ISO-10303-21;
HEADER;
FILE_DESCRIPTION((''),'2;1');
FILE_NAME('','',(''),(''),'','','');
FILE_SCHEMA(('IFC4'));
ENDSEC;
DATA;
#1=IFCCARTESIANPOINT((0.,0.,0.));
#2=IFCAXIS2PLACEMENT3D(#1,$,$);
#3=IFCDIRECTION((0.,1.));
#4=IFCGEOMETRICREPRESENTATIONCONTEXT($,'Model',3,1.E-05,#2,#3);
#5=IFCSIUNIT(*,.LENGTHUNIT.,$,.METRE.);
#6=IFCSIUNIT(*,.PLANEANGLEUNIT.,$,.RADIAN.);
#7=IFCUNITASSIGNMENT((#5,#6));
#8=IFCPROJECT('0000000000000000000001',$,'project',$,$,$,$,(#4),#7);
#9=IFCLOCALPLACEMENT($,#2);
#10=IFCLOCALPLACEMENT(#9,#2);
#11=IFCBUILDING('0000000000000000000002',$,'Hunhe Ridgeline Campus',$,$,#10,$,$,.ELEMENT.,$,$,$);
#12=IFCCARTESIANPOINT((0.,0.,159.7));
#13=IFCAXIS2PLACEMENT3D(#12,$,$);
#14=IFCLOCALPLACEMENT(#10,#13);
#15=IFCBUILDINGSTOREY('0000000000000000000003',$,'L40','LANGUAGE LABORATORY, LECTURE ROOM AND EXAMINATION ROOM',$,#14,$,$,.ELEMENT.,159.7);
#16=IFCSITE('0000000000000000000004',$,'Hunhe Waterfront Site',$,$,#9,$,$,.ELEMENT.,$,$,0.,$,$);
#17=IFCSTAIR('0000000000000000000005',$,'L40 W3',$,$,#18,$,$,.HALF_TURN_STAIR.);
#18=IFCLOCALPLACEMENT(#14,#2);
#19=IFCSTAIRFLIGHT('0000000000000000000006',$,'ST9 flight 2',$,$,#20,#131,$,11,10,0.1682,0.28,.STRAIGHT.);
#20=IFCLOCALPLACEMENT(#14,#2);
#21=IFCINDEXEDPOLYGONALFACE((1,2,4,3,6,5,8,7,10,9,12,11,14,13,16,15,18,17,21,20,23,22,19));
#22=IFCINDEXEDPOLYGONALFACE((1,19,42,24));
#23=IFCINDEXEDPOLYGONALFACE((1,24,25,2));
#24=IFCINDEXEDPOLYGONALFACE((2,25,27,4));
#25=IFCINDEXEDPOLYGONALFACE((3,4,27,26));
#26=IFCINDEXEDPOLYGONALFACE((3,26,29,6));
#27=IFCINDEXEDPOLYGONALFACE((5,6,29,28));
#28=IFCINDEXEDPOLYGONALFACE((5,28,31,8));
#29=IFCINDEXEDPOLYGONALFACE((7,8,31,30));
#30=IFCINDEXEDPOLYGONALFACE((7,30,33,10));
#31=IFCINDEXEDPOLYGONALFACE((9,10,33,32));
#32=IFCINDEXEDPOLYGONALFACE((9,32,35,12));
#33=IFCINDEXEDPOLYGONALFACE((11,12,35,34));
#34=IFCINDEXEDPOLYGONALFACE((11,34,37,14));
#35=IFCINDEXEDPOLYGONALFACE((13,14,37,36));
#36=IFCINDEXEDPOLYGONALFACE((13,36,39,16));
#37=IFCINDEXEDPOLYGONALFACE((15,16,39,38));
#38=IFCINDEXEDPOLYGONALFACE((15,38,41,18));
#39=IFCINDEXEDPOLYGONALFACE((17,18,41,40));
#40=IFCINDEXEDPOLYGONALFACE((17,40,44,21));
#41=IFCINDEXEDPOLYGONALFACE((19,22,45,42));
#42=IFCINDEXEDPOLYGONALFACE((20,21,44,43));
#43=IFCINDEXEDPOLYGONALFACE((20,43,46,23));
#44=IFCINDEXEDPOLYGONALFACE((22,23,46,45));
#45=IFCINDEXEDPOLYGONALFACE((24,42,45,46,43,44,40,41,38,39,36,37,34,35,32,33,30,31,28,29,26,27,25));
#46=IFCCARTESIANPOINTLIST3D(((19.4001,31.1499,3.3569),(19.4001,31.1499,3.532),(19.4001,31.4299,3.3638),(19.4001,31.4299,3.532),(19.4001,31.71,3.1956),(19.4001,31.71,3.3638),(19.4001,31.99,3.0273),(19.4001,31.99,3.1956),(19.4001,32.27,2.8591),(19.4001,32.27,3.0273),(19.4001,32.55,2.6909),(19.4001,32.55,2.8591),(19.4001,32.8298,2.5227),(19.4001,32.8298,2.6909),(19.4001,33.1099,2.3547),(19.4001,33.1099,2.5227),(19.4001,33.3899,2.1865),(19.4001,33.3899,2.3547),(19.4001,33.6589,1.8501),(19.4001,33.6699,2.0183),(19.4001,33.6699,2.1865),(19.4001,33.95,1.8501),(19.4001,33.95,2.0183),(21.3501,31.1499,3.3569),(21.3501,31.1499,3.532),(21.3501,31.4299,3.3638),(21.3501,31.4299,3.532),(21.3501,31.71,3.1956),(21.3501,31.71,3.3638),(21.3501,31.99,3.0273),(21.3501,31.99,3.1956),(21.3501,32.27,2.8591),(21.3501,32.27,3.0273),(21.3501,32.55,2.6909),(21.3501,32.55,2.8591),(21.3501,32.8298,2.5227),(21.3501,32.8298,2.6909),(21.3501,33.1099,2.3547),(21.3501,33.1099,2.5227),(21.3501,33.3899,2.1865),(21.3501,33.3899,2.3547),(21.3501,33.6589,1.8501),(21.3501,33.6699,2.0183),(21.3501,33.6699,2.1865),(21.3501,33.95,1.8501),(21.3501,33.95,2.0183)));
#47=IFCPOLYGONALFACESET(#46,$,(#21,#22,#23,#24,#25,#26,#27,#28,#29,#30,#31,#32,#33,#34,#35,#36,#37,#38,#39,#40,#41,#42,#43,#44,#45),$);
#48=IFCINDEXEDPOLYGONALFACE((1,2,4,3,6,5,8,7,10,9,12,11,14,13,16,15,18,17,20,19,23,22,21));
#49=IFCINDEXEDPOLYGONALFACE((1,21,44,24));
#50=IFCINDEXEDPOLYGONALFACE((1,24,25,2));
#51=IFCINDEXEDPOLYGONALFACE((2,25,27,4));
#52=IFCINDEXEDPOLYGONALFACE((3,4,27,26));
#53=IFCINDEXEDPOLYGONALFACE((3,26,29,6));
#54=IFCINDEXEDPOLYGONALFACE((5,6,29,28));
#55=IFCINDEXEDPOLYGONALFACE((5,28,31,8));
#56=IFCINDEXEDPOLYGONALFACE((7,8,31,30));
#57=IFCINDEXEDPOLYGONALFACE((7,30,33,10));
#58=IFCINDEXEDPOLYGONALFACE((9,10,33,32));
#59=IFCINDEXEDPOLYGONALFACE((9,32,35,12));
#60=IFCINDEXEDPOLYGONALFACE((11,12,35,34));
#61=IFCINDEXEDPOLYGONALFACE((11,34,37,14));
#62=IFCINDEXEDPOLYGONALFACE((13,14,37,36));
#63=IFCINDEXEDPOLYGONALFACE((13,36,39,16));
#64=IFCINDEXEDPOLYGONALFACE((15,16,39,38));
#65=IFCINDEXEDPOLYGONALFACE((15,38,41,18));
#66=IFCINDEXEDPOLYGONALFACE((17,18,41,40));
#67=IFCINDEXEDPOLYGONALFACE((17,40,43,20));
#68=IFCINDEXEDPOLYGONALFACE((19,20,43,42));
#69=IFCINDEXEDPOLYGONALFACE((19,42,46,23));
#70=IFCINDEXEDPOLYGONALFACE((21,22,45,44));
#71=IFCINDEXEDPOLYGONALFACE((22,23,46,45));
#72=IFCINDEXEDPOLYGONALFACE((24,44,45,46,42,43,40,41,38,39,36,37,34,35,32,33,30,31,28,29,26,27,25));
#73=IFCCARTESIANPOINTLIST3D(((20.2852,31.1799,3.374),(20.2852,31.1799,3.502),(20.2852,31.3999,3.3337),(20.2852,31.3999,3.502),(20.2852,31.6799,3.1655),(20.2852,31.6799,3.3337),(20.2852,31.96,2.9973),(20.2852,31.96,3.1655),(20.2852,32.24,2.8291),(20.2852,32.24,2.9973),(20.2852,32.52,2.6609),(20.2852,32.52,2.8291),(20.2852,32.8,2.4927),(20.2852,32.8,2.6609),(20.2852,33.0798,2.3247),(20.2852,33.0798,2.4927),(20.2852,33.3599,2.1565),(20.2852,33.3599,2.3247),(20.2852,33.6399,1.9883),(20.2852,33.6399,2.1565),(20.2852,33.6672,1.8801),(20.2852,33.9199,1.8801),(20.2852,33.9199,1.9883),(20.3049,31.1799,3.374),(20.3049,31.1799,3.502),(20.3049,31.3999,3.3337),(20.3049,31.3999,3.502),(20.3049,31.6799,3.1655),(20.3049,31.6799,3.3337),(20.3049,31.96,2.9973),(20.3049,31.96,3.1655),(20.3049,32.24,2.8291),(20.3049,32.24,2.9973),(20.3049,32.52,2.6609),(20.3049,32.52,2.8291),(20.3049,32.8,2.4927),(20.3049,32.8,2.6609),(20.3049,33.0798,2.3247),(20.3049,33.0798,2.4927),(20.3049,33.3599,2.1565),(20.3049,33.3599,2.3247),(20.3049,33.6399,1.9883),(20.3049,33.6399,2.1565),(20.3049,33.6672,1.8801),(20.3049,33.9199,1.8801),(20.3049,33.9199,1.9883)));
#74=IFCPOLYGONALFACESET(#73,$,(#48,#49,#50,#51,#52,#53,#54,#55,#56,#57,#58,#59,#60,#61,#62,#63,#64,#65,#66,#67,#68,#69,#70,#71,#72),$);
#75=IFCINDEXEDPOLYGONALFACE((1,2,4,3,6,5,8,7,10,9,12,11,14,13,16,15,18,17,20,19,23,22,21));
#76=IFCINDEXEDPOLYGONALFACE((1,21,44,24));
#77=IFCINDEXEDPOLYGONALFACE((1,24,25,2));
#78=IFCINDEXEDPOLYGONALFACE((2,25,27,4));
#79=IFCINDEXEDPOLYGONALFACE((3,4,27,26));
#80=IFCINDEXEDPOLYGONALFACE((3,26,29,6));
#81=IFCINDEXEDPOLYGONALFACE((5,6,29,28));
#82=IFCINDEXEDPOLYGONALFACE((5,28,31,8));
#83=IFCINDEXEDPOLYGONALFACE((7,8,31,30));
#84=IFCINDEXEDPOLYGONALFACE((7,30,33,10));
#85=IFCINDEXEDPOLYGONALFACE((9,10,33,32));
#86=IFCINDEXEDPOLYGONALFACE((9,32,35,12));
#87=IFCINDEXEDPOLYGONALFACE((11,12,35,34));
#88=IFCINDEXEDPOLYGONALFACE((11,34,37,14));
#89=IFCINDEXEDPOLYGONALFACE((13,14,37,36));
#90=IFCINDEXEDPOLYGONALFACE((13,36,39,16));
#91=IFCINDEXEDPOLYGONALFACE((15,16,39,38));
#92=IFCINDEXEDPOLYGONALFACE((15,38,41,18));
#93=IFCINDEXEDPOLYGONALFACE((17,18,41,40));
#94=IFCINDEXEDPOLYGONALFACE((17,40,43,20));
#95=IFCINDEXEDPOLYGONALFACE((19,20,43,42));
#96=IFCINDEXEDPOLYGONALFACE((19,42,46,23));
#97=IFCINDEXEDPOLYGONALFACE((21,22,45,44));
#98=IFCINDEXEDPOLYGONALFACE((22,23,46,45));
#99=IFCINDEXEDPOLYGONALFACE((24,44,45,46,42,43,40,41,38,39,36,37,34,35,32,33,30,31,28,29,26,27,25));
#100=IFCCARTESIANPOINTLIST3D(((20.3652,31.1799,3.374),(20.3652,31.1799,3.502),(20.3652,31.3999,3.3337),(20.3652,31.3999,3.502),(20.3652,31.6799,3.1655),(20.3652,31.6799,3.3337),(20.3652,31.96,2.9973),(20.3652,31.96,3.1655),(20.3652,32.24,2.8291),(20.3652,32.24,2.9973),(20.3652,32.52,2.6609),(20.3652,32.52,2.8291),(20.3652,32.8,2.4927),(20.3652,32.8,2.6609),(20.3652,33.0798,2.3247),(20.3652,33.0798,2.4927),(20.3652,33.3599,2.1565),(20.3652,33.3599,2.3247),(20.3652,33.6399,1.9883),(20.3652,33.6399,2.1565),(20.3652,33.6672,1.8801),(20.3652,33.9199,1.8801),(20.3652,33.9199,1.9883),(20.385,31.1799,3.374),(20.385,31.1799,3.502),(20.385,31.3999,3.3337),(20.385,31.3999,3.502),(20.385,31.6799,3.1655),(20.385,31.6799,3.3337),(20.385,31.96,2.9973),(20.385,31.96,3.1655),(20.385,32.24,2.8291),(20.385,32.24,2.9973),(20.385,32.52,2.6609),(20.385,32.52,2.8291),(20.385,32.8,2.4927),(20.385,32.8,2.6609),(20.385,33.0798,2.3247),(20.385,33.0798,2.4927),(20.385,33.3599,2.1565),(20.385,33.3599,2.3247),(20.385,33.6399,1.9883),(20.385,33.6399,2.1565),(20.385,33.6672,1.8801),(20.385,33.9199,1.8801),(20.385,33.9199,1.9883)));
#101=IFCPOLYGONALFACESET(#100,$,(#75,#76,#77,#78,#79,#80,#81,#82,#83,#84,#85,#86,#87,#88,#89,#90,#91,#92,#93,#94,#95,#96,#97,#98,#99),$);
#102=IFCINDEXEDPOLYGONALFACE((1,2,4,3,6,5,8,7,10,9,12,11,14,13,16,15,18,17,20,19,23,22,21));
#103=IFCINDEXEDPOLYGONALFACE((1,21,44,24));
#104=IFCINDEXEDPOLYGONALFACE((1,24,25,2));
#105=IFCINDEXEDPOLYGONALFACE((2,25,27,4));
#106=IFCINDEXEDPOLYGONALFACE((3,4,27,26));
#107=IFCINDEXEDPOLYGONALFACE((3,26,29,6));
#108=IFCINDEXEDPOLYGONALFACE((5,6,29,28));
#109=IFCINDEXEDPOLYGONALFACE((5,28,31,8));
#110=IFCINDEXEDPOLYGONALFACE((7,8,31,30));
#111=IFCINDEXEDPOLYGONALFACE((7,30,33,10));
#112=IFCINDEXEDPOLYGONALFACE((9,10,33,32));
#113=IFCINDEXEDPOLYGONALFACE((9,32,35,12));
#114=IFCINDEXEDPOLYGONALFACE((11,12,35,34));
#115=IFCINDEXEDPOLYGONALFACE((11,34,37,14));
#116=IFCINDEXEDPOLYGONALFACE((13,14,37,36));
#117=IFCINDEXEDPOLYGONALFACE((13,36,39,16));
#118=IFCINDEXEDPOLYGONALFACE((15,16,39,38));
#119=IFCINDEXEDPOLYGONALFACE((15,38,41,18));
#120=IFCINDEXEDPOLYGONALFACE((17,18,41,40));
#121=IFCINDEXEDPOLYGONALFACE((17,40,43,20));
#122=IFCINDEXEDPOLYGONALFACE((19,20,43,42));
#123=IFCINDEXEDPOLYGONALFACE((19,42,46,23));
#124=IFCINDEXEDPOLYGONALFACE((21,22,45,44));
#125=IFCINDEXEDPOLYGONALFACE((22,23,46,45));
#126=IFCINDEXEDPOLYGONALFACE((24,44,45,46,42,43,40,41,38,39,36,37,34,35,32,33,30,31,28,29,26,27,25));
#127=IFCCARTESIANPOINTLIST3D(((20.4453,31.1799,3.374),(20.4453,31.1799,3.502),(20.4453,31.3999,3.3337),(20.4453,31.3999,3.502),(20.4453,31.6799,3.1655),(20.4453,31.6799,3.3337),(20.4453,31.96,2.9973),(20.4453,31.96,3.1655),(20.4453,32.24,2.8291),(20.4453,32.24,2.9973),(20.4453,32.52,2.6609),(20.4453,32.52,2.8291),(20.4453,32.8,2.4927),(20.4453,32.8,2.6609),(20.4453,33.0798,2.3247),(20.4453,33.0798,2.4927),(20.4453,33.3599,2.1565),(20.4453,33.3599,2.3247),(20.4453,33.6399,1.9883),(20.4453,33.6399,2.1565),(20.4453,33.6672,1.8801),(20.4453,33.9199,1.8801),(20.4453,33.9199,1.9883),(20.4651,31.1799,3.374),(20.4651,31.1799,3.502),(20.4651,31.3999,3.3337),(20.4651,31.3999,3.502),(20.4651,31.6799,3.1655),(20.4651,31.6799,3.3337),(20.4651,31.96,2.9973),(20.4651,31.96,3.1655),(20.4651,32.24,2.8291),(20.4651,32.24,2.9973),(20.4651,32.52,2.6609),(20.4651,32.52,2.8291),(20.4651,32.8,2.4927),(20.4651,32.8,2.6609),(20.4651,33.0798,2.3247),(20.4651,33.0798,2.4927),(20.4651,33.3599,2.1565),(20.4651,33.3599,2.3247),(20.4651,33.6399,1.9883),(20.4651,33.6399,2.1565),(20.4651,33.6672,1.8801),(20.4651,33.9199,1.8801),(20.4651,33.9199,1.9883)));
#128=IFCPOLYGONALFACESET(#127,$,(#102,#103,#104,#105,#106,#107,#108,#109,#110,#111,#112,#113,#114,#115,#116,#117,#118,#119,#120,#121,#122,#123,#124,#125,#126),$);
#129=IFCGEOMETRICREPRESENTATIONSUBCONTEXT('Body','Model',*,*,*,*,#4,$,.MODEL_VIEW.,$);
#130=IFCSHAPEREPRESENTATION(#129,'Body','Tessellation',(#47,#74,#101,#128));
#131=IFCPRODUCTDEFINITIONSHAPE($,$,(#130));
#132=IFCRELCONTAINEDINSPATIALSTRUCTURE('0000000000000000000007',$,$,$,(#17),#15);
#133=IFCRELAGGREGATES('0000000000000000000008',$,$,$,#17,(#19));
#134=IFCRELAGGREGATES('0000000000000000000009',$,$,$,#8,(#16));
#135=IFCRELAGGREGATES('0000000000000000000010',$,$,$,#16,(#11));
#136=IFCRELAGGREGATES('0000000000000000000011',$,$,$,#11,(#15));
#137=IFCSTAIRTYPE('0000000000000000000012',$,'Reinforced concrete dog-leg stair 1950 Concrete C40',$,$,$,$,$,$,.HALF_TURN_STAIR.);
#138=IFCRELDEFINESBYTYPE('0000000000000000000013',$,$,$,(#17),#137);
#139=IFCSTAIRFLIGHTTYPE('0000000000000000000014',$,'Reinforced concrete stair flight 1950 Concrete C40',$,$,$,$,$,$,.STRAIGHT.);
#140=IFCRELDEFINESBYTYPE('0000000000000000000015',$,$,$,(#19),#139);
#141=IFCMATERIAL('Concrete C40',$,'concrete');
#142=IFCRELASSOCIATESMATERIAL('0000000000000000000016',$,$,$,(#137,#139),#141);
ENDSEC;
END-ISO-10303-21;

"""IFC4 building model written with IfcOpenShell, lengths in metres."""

from ifc_helpers import new_model, si_unit, direction, frame, origin, place, context, subcontext, project, spatial, polyline, outline, extrude, material, type_object, element, aggregate, save


model = new_model("IFC4")

# Units and contexts
model_context = context("Model", 3, precision=1e-05, world=origin(), true_north=direction((0.0, 1.0)))
body_context = subcontext(model_context, "Body", "Model", "MODEL_VIEW")
ifc_project = project(units=[si_unit("LENGTHUNIT", "METRE"), si_unit("PLANEANGLEUNIT", "RADIAN")], contexts=[model_context])

# Site, building, storey
site_placement = place(None, origin())
site = spatial("IfcSite", under=ifc_project, at=site_placement, Name="Hunhe Waterfront Site", CompositionType="ELEMENT", RefElevation=0.0)
building_placement = place(site_placement, origin())
building = spatial("IfcBuilding", under=site, at=building_placement, Name="Hunhe Ridgeline Campus", CompositionType="ELEMENT")
storey_placement = place(building_placement, frame((0.0, 0.0, 159.7)))
storey = spatial("IfcBuildingStorey", under=building, at=storey_placement, Name="L40", Description="LANGUAGE LABORATORY, LECTURE ROOM AND EXAMINATION ROOM", CompositionType="ELEMENT", Elevation=159.7)

# Stair, stair flight
ifc_material_1 = material(Name="Concrete C40", Category="concrete")
stair_type = type_object("IfcStairType", Name="Reinforced concrete dog-leg stair 1950 Concrete C40", PredefinedType="HALF_TURN_STAIR", material=ifc_material_1)
stair_placement = place(storey_placement, origin())
stair = element("IfcStair", 1, at=stair_placement, inside=storey, type_object=stair_type, Name="L40 W3", PredefinedType="HALF_TURN_STAIR")
stair_flight_type = type_object("IfcStairFlightType", Name="Reinforced concrete stair flight 1950 Concrete C40", PredefinedType="STRAIGHT", material=ifc_material_1)
stair_flight_1_placement = place(storey_placement, frame((20.375, 33.95, 1.8501), z_axis=(0.0, 0.0, 1.0), x_axis=(0.0, -1.0, 0.0)))
stair_flight_1 = element("IfcStairFlight", 2, at=stair_flight_1_placement, type_object=stair_flight_type, Name="ST9 flight 2", NumberOfRisers=11, NumberOfTreads=10, PredefinedType="STRAIGHT", RiserHeight=0.1682, TreadLength=0.28, context=body_context, shape_type="SweptSolid", body=[
    extrude(outline(polyline([(0.0, 0.0), (0.0, 0.1682), (0.28, 0.1682), (0.28, 0.3364), (0.5601, 0.3364), (0.5601, 0.5046), (0.8401, 0.5046), (0.8401, 0.6726), (1.1201, 0.6726), (1.1201, 0.8408), (1.3999, 0.8408), (1.3999, 1.009), (1.6799, 1.009), (1.6799, 1.1772), (1.96, 1.1772), (1.96, 1.3455), (2.24, 1.3455), (2.24, 1.5137), (2.52, 1.5137), (2.52, 1.6819), (2.8, 1.6819), (2.8, 1.8501), (2.8, 1.5068), (0.291, 0.0), (0.0, 0.0)])), frame((0.0, 0.9751, 0.0), z_axis=(0.0, -1.0, 0.0), x_axis=(1.0, 0.0, 0.0)), (0.0, 0.0, 1.0), 1.95),
    extrude(outline(polyline([(0.03, 0.03), (0.03, 0.1382), (0.3101, 0.1382), (0.3101, 0.3064), (0.5901, 0.3064), (0.5901, 0.4746), (0.8701, 0.4746), (0.8701, 0.6426), (1.1499, 0.6426), (1.1499, 0.8108), (1.4299, 0.8108), (1.4299, 0.979), (1.71, 0.979), (1.71, 1.1472), (1.99, 1.1472), (1.99, 1.3154), (2.27, 1.3154), (2.27, 1.4836), (2.55, 1.4836), (2.55, 1.6519), (2.77, 1.6519), (2.77, 1.5239), (0.2827, 0.03), (0.03, 0.03)])), frame((0.0, -0.0701, 0.0), z_axis=(0.0, -1.0, 0.0), x_axis=(1.0, 0.0, 0.0)), (0.0, 0.0, 1.0), 0.0198),
    extrude(outline(polyline([(0.03, 0.03), (0.03, 0.1382), (0.3101, 0.1382), (0.3101, 0.3064), (0.5901, 0.3064), (0.5901, 0.4746), (0.8701, 0.4746), (0.8701, 0.6426), (1.1499, 0.6426), (1.1499, 0.8108), (1.4299, 0.8108), (1.4299, 0.979), (1.71, 0.979), (1.71, 1.1472), (1.99, 1.1472), (1.99, 1.3154), (2.27, 1.3154), (2.27, 1.4836), (2.55, 1.4836), (2.55, 1.6519), (2.77, 1.6519), (2.77, 1.5239), (0.2827, 0.03), (0.03, 0.03)])), frame((0.0, 0.01, 0.0), z_axis=(0.0, -1.0, 0.0), x_axis=(1.0, 0.0, 0.0)), (0.0, 0.0, 1.0), 0.0198),
    extrude(outline(polyline([(0.03, 0.03), (0.03, 0.1382), (0.3101, 0.1382), (0.3101, 0.3064), (0.5901, 0.3064), (0.5901, 0.4746), (0.8701, 0.4746), (0.8701, 0.6426), (1.1499, 0.6426), (1.1499, 0.8108), (1.4299, 0.8108), (1.4299, 0.979), (1.71, 0.979), (1.71, 1.1472), (1.99, 1.1472), (1.99, 1.3154), (2.27, 1.3154), (2.27, 1.4836), (2.55, 1.4836), (2.55, 1.6519), (2.77, 1.6519), (2.77, 1.5239), (0.2827, 0.03), (0.03, 0.03)])), frame((0.0, 0.0901, 0.0), z_axis=(0.0, -1.0, 0.0), x_axis=(1.0, 0.0, 0.0)), (0.0, 0.0, 1.0), 0.0198),
])
aggregate(stair, [stair_flight_1])

save(model, "model.ifc")
